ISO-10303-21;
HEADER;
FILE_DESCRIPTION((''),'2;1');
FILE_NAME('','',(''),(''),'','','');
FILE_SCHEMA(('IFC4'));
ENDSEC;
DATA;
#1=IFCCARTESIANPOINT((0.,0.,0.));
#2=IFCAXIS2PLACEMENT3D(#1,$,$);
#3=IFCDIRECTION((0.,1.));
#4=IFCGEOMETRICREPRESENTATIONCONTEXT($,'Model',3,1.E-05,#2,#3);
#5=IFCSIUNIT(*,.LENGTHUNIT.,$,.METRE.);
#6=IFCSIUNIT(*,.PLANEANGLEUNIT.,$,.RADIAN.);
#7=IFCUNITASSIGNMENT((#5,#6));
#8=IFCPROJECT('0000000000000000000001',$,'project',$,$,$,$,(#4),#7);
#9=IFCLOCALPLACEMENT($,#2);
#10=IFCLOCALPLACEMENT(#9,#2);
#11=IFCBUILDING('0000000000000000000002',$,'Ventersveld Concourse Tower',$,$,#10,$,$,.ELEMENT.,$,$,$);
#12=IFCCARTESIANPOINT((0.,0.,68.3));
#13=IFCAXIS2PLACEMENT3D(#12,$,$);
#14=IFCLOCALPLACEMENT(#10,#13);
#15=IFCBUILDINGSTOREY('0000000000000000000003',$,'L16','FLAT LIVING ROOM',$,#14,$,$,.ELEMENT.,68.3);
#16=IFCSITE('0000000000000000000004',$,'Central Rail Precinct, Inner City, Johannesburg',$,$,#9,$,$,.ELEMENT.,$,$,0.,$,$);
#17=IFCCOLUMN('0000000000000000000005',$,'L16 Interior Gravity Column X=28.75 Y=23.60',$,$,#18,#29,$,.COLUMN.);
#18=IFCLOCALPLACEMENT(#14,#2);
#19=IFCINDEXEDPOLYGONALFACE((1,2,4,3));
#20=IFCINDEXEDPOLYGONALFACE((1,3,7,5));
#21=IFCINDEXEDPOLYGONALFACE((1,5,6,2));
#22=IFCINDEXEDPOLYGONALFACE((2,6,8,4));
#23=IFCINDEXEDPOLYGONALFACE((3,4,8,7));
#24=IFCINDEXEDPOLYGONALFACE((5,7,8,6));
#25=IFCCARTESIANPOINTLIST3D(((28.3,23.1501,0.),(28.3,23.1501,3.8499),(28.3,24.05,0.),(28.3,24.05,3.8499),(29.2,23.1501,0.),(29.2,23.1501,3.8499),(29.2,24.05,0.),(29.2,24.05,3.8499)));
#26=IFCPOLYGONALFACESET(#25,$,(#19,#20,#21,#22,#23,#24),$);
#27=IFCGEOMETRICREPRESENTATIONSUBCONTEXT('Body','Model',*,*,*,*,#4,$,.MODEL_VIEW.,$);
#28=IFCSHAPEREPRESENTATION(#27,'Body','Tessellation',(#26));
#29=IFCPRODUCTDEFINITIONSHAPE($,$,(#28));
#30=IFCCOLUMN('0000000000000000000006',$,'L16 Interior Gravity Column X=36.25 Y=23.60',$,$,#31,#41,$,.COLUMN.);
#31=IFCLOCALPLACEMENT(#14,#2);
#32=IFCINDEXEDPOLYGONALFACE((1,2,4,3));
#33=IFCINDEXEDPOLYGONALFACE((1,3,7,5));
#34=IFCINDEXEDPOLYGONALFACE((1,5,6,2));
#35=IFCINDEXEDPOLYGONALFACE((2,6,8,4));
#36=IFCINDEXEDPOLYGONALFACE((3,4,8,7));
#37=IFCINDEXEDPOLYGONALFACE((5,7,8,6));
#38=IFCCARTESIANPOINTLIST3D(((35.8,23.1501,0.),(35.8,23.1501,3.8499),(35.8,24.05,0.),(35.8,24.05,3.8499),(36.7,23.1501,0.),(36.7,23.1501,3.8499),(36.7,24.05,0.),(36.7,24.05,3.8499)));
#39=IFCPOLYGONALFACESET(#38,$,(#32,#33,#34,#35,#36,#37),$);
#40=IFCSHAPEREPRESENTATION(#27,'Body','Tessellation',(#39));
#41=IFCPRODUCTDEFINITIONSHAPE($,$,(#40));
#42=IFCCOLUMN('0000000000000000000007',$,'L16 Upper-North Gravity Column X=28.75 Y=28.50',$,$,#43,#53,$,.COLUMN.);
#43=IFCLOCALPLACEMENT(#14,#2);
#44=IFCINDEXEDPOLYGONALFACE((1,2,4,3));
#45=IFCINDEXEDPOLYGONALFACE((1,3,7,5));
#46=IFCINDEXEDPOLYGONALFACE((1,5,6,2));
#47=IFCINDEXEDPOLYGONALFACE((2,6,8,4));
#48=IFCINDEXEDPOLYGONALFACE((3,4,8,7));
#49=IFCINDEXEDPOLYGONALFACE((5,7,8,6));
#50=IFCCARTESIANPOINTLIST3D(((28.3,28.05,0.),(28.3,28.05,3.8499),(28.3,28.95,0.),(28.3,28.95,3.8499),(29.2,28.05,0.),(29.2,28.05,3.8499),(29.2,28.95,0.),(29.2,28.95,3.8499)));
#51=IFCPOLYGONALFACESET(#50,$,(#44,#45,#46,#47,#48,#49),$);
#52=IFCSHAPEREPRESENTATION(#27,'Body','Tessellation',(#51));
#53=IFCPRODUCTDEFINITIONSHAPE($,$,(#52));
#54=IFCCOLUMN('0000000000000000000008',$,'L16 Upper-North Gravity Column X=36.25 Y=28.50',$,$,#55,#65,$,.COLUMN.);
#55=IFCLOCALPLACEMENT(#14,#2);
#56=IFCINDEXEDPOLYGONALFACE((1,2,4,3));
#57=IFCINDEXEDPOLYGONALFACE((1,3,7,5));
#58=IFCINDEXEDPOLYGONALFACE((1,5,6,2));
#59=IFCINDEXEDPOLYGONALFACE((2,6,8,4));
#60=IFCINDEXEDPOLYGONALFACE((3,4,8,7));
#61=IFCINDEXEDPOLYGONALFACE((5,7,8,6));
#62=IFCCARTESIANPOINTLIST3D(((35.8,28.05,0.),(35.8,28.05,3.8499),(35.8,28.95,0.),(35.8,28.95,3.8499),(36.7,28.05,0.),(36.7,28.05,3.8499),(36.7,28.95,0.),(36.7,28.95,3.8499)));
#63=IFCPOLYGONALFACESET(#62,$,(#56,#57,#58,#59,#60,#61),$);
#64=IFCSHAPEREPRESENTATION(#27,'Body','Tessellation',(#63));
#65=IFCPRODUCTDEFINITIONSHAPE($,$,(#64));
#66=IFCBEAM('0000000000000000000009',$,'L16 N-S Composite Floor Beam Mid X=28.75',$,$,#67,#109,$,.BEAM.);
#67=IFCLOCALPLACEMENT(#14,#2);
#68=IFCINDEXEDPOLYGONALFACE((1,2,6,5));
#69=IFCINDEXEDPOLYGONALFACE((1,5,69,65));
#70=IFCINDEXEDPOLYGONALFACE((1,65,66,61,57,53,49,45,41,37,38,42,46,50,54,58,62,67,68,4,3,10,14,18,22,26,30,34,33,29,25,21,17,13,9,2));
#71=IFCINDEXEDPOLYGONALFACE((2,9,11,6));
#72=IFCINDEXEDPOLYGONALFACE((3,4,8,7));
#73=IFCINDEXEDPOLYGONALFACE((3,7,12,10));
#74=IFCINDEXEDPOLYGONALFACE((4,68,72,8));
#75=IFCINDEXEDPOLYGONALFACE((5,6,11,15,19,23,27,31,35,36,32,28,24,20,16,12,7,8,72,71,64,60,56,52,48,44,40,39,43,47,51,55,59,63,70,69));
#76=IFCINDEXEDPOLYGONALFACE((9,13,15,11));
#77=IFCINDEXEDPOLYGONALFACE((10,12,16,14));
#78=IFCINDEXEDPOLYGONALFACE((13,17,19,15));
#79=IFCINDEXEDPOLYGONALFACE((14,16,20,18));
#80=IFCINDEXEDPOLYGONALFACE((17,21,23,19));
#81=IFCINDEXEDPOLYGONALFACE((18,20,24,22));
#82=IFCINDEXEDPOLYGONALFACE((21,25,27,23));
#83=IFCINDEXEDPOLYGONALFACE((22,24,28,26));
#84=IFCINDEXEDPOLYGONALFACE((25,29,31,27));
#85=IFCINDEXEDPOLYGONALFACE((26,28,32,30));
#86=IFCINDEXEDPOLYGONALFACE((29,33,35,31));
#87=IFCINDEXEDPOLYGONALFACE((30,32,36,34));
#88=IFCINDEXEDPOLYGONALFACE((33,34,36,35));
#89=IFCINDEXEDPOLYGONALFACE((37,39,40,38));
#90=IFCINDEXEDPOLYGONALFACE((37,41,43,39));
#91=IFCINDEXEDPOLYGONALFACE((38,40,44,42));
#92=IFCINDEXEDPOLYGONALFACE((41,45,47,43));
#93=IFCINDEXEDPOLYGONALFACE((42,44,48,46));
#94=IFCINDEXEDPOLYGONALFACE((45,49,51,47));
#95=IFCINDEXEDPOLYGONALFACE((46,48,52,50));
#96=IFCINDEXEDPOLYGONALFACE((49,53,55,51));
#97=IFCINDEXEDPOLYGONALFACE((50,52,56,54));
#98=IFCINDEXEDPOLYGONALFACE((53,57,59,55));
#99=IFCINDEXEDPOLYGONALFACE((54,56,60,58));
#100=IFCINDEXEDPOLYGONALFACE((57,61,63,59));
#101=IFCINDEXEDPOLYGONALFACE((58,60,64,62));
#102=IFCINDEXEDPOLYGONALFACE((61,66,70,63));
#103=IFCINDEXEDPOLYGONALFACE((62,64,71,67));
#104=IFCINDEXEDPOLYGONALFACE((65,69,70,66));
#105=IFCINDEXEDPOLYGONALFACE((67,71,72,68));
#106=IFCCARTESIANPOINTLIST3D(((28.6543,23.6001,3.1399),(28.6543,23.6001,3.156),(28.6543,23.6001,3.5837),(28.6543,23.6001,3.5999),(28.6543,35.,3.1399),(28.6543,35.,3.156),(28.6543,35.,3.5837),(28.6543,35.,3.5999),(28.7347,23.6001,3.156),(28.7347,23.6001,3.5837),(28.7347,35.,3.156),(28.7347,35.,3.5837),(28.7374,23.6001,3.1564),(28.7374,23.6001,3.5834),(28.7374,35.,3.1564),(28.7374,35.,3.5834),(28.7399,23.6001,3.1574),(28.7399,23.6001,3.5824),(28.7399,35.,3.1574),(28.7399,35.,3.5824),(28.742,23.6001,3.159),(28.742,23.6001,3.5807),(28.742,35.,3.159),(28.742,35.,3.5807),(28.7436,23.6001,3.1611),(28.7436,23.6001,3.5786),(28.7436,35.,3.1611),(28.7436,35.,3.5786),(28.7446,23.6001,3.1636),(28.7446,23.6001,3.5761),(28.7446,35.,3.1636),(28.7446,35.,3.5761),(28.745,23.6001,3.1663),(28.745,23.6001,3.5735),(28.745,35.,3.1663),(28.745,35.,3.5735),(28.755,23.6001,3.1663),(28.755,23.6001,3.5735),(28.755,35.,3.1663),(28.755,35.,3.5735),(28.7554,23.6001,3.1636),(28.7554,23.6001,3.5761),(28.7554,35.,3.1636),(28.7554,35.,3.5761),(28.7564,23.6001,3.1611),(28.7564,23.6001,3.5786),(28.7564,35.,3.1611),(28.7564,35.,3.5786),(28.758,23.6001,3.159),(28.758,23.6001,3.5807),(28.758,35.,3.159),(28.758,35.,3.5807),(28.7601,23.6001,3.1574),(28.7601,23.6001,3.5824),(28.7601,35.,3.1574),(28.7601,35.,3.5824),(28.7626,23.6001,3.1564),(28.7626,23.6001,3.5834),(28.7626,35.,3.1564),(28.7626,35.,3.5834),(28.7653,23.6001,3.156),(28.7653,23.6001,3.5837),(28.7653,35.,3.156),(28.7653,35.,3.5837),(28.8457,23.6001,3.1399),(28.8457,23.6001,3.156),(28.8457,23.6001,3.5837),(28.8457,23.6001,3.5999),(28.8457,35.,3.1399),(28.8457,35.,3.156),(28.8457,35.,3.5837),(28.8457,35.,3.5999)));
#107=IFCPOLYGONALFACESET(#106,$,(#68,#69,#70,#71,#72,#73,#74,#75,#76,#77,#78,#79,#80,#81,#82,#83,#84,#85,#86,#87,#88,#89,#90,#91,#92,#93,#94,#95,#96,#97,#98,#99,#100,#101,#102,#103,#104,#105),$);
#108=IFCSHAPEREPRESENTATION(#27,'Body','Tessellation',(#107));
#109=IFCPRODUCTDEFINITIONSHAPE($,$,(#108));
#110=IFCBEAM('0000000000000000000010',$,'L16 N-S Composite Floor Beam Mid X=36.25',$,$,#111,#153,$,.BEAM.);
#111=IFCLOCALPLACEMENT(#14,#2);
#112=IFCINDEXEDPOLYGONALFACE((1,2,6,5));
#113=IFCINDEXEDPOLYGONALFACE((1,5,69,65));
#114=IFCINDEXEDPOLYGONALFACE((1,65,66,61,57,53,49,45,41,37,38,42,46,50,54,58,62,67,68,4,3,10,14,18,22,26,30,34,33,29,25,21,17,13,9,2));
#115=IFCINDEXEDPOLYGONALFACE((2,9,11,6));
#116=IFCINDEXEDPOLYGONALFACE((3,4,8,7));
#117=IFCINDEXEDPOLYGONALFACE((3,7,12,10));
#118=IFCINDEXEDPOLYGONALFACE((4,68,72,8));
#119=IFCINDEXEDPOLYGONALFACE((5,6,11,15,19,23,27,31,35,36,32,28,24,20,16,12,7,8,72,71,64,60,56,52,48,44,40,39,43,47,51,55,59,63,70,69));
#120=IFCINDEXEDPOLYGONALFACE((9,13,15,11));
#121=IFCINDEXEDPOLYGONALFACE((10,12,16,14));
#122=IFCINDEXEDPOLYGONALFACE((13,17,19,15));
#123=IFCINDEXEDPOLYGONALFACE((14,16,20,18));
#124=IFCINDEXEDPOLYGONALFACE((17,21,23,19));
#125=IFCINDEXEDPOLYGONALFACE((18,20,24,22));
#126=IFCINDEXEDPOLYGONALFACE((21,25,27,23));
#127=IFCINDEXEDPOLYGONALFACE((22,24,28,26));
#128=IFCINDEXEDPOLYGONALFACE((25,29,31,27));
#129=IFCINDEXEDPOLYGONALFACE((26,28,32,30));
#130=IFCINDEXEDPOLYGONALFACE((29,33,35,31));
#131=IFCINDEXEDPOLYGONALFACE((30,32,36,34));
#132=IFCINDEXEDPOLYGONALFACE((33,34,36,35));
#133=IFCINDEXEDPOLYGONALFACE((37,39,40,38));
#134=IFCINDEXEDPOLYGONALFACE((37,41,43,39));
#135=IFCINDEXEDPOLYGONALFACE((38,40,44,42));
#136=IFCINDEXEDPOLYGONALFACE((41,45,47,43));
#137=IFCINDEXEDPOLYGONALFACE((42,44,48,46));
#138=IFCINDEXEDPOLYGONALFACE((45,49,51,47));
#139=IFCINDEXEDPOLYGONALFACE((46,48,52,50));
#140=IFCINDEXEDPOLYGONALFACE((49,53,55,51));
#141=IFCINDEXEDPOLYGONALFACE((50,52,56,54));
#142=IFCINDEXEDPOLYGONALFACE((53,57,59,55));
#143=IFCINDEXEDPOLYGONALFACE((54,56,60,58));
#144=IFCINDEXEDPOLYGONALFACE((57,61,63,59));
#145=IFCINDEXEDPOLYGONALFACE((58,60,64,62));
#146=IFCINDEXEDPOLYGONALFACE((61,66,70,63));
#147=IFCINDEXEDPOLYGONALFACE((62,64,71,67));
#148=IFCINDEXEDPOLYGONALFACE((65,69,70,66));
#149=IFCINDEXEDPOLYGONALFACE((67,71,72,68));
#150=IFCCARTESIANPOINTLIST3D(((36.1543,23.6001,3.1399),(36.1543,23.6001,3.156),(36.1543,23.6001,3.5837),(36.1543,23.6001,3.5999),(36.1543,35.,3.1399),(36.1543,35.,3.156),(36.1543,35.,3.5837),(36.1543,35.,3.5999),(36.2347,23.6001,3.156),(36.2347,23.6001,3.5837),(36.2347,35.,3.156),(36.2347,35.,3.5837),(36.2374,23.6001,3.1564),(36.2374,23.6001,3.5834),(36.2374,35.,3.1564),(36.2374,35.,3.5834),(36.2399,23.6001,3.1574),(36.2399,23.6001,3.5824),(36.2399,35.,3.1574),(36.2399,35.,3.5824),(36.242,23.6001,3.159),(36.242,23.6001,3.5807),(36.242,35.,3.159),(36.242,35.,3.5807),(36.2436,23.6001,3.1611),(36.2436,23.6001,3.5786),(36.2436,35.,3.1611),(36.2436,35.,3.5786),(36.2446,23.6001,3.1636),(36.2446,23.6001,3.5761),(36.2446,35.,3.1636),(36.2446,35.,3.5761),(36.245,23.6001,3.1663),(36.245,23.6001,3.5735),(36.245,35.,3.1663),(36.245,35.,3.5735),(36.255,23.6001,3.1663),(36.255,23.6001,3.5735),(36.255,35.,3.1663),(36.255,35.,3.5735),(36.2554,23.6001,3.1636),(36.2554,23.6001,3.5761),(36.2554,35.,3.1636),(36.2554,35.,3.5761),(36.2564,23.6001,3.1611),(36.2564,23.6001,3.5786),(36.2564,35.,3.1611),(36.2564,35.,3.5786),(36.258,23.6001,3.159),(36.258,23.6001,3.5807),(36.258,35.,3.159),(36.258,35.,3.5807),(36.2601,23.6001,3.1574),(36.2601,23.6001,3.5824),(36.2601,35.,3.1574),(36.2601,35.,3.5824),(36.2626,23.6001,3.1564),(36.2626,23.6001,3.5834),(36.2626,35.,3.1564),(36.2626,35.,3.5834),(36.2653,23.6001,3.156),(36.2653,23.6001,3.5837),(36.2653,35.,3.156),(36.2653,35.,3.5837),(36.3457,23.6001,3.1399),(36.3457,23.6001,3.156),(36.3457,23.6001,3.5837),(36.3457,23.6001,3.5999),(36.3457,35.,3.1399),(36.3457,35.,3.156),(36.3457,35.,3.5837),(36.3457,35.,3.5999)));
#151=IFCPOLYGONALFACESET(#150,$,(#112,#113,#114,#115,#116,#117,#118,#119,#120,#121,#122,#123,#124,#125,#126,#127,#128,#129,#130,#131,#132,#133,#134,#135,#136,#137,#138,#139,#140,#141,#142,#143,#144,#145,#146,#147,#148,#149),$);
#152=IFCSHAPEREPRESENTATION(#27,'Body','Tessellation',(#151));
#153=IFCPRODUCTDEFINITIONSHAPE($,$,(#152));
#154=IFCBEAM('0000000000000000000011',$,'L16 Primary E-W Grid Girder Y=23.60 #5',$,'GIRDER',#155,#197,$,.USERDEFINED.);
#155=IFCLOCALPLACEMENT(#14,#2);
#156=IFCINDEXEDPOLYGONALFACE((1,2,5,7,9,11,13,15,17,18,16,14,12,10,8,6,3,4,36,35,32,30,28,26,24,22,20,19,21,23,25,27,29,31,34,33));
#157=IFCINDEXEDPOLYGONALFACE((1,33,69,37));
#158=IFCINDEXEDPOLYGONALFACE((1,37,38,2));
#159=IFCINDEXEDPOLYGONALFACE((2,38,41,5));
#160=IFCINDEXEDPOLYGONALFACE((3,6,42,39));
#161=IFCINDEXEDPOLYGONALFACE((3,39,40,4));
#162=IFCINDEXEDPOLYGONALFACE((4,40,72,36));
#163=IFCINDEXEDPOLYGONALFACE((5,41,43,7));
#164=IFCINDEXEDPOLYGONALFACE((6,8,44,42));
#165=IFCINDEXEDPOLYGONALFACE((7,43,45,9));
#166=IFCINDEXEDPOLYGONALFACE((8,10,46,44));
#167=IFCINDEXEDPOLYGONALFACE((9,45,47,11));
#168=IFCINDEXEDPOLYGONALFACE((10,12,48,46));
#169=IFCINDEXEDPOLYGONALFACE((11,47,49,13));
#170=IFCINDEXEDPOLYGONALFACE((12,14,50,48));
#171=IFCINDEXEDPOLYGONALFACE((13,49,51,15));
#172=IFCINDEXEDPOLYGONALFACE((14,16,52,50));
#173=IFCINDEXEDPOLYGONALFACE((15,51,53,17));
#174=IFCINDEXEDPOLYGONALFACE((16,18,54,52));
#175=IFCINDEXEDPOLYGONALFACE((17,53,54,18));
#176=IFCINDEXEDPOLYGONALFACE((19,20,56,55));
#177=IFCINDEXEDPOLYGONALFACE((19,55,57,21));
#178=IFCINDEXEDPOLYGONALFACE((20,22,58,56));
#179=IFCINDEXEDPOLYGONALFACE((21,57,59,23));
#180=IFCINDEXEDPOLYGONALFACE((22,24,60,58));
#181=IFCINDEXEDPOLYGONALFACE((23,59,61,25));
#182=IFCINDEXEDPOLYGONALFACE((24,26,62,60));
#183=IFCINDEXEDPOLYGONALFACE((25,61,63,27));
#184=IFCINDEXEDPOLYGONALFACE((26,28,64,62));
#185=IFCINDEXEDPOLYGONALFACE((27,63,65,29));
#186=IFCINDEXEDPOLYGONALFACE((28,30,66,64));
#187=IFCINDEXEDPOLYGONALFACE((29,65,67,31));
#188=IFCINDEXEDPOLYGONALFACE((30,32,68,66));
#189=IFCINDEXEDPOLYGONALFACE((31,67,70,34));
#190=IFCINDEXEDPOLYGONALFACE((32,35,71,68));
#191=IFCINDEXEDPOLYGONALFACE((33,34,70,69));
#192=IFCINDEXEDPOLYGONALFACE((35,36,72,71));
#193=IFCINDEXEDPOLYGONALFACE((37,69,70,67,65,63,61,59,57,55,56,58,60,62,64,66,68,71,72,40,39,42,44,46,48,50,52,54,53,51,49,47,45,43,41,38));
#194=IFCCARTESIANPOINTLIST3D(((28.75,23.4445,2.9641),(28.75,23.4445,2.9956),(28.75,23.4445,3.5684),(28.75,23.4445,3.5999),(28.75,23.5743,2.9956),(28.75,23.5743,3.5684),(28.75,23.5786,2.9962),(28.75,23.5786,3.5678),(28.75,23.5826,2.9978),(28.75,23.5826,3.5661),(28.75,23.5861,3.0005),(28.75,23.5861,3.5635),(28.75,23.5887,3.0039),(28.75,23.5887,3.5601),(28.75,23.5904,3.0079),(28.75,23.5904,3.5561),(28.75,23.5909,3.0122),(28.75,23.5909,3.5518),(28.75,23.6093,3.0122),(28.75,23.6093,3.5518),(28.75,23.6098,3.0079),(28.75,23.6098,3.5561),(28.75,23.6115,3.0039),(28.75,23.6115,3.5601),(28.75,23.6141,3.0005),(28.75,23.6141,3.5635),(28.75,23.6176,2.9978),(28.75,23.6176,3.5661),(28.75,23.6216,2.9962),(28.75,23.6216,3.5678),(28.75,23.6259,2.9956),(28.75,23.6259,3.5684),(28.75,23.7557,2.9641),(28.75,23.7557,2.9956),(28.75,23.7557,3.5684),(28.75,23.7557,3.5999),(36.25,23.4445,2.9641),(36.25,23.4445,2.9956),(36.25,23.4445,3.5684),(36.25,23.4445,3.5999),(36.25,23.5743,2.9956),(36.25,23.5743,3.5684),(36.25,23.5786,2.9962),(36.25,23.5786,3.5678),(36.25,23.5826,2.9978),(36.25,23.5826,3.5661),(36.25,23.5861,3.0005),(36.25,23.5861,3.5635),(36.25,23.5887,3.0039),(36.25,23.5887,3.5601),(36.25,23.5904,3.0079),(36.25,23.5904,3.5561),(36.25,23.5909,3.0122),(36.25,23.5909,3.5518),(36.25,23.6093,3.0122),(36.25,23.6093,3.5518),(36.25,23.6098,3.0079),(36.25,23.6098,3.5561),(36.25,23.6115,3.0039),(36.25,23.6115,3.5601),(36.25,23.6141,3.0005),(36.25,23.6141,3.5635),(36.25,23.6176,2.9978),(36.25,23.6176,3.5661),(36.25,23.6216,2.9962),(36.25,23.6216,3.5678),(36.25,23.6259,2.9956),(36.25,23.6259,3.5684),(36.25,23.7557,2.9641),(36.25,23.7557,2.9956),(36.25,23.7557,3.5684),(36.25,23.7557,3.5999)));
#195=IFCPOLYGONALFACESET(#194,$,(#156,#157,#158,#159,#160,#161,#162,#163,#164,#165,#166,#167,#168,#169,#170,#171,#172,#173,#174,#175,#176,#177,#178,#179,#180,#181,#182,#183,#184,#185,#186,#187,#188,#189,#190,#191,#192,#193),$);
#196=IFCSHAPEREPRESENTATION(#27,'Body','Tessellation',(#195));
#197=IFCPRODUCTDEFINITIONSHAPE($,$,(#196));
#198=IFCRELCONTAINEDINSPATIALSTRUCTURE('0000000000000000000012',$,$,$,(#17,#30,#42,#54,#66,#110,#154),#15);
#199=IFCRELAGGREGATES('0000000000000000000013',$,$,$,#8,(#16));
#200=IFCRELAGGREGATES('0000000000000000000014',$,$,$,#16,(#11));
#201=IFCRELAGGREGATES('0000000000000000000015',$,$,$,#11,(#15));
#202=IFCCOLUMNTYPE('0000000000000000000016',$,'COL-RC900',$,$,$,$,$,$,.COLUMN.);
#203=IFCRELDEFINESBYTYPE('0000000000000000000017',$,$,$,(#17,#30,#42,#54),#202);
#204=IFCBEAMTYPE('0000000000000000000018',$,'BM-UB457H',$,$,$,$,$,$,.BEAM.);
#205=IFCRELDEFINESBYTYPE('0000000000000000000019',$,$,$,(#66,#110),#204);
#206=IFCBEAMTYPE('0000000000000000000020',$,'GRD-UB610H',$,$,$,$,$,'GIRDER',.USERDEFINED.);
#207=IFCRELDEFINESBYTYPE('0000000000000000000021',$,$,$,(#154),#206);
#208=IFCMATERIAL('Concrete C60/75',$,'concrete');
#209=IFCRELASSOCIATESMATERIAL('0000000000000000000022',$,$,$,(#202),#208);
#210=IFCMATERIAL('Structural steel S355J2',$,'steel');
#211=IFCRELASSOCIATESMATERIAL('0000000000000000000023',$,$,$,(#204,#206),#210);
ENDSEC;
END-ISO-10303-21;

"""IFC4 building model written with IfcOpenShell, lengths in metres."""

from ifc_helpers import new_model, si_unit, direction, frame, origin, origin_2d, place, context, subcontext, project, spatial, rectangle, i_section, extrude, material, material_profile, profile_set, type_object, element, save


model = new_model("IFC4")

# Units and contexts
model_context = context("Model", 3, precision=1e-05, world=origin(), true_north=direction((0.0, 1.0)))
body_context = subcontext(model_context, "Body", "Model", "MODEL_VIEW")
ifc_project = project(units=[si_unit("LENGTHUNIT", "METRE"), si_unit("PLANEANGLEUNIT", "RADIAN")], contexts=[model_context])

# Site, building, storey
site_placement = place(None, origin())
site = spatial("IfcSite", under=ifc_project, at=site_placement, Name="Central Rail Precinct, Inner City, Johannesburg", CompositionType="ELEMENT", RefElevation=0.0)
building_placement = place(site_placement, origin())
building = spatial("IfcBuilding", under=site, at=building_placement, Name="Ventersveld Concourse Tower", CompositionType="ELEMENT")
storey_placement = place(building_placement, frame((0.0, 0.0, 68.3)))
storey = spatial("IfcBuildingStorey", under=building, at=storey_placement, Name="L16", Description="FLAT LIVING ROOM", CompositionType="ELEMENT", Elevation=68.3)

# Columns
ifc_material_1 = material(Name="Concrete C60/75", Category="concrete")
ifc_material_profile_1 = material_profile(ifc_material_1, rectangle(XDim=0.8999, YDim=0.8999, at=origin_2d()), Name="RC 900x900")
ifc_profile_set_1 = profile_set([ifc_material_profile_1], Name="Concrete C60/75")
column_type = type_object("IfcColumnType", Name="COL-RC900", PredefinedType="COLUMN", material=ifc_profile_set_1)
for number, where, z_axis, x_axis, name in (
    (1, (28.75, 23.6001, 0.0), (0.0, 0.0, 1.0), (1.0, 0.0, 0.0), "L16 Interior Gravity Column X=28.75 Y=23.60"),
    (2, (36.25, 23.6001, 0.0), (0.0, 0.0, 1.0), (1.0, 0.0, 0.0), "L16 Interior Gravity Column X=36.25 Y=23.60"),
    (3, (28.75, 28.5, 0.0), (0.0, 0.0, 1.0), (1.0, 0.0, 0.0), "L16 Upper-North Gravity Column X=28.75 Y=28.50"),
    (4, (36.25, 28.5, 0.0), (0.0, 0.0, 1.0), (1.0, 0.0, 0.0), "L16 Upper-North Gravity Column X=36.25 Y=28.50"),
):
    element("IfcColumn", number, at=place(storey_placement, frame(where, z_axis=z_axis, x_axis=x_axis)), inside=storey, type_object=column_type, Name=name, PredefinedType="COLUMN", context=body_context, shape_type="SweptSolid", body=[
        extrude(rectangle(XDim=0.8999, YDim=0.8999, at=origin_2d()), origin(), (0.0, 0.0, 1.0), 3.8499),
    ])

# Beams
ifc_material_2 = material(Name="Structural steel S355J2", Category="steel")
ifc_material_profile_2 = material_profile(ifc_material_2, i_section(OverallWidth=0.1914, OverallDepth=0.46, WebThickness=0.01, FlangeThickness=0.0161, FilletRadius=0.0103, at=origin_2d()), Name="UB 457x191x82")
ifc_profile_set_2 = profile_set([ifc_material_profile_2], Name="Structural steel S355J2")
beam_type_1 = type_object("IfcBeamType", Name="BM-UB457H", PredefinedType="BEAM", material=ifc_profile_set_2)
for number, where, z_axis, x_axis, name in (
    (5, (28.75, 23.6001, 3.3699), (0.0, 1.0, 0.0), (-1.0, 0.0, 0.0), "L16 N-S Composite Floor Beam Mid X=28.75"),
    (6, (36.25, 23.6001, 3.3699), (0.0, 1.0, 0.0), (-1.0, 0.0, 0.0), "L16 N-S Composite Floor Beam Mid X=36.25"),
):
    element("IfcBeam", number, at=place(storey_placement, frame(where, z_axis=z_axis, x_axis=x_axis)), inside=storey, type_object=beam_type_1, Name=name, PredefinedType="BEAM", context=body_context, shape_type="SweptSolid", body=[
        extrude(i_section(OverallWidth=0.1914, OverallDepth=0.46, WebThickness=0.01, FlangeThickness=0.0161, FilletRadius=0.0103, at=origin_2d()), origin(), (0.0, 0.0, 1.0), 11.3999),
    ])
ifc_material_profile_3 = material_profile(ifc_material_2, i_section(OverallWidth=0.3113, OverallDepth=0.6357, WebThickness=0.0183, FlangeThickness=0.0315, FilletRadius=0.0166, at=origin_2d()), Name="UB 610x305x238")
ifc_profile_set_3 = profile_set([ifc_material_profile_3], Name="Structural steel S355J2")
beam_type_2 = type_object("IfcBeamType", Name="GRD-UB610H", ElementType="GIRDER", PredefinedType="USERDEFINED", material=ifc_profile_set_3)
for number, where, z_axis, x_axis, name in (
    (7, (28.75, 23.6001, 3.282), (1.0, 0.0, 0.0), (0.0, 1.0, 0.0), "L16 Primary E-W Grid Girder Y=23.60 #5"),
):
    element("IfcBeam", number, at=place(storey_placement, frame(where, z_axis=z_axis, x_axis=x_axis)), inside=storey, type_object=beam_type_2, Name=name, ObjectType="GIRDER", PredefinedType="USERDEFINED", context=body_context, shape_type="SweptSolid", body=[
        extrude(i_section(OverallWidth=0.3113, OverallDepth=0.6357, WebThickness=0.0183, FlangeThickness=0.0315, FilletRadius=0.0166, at=origin_2d()), origin(), (0.0, 0.0, 1.0), 7.5),
    ])

save(model, "model.ifc")
